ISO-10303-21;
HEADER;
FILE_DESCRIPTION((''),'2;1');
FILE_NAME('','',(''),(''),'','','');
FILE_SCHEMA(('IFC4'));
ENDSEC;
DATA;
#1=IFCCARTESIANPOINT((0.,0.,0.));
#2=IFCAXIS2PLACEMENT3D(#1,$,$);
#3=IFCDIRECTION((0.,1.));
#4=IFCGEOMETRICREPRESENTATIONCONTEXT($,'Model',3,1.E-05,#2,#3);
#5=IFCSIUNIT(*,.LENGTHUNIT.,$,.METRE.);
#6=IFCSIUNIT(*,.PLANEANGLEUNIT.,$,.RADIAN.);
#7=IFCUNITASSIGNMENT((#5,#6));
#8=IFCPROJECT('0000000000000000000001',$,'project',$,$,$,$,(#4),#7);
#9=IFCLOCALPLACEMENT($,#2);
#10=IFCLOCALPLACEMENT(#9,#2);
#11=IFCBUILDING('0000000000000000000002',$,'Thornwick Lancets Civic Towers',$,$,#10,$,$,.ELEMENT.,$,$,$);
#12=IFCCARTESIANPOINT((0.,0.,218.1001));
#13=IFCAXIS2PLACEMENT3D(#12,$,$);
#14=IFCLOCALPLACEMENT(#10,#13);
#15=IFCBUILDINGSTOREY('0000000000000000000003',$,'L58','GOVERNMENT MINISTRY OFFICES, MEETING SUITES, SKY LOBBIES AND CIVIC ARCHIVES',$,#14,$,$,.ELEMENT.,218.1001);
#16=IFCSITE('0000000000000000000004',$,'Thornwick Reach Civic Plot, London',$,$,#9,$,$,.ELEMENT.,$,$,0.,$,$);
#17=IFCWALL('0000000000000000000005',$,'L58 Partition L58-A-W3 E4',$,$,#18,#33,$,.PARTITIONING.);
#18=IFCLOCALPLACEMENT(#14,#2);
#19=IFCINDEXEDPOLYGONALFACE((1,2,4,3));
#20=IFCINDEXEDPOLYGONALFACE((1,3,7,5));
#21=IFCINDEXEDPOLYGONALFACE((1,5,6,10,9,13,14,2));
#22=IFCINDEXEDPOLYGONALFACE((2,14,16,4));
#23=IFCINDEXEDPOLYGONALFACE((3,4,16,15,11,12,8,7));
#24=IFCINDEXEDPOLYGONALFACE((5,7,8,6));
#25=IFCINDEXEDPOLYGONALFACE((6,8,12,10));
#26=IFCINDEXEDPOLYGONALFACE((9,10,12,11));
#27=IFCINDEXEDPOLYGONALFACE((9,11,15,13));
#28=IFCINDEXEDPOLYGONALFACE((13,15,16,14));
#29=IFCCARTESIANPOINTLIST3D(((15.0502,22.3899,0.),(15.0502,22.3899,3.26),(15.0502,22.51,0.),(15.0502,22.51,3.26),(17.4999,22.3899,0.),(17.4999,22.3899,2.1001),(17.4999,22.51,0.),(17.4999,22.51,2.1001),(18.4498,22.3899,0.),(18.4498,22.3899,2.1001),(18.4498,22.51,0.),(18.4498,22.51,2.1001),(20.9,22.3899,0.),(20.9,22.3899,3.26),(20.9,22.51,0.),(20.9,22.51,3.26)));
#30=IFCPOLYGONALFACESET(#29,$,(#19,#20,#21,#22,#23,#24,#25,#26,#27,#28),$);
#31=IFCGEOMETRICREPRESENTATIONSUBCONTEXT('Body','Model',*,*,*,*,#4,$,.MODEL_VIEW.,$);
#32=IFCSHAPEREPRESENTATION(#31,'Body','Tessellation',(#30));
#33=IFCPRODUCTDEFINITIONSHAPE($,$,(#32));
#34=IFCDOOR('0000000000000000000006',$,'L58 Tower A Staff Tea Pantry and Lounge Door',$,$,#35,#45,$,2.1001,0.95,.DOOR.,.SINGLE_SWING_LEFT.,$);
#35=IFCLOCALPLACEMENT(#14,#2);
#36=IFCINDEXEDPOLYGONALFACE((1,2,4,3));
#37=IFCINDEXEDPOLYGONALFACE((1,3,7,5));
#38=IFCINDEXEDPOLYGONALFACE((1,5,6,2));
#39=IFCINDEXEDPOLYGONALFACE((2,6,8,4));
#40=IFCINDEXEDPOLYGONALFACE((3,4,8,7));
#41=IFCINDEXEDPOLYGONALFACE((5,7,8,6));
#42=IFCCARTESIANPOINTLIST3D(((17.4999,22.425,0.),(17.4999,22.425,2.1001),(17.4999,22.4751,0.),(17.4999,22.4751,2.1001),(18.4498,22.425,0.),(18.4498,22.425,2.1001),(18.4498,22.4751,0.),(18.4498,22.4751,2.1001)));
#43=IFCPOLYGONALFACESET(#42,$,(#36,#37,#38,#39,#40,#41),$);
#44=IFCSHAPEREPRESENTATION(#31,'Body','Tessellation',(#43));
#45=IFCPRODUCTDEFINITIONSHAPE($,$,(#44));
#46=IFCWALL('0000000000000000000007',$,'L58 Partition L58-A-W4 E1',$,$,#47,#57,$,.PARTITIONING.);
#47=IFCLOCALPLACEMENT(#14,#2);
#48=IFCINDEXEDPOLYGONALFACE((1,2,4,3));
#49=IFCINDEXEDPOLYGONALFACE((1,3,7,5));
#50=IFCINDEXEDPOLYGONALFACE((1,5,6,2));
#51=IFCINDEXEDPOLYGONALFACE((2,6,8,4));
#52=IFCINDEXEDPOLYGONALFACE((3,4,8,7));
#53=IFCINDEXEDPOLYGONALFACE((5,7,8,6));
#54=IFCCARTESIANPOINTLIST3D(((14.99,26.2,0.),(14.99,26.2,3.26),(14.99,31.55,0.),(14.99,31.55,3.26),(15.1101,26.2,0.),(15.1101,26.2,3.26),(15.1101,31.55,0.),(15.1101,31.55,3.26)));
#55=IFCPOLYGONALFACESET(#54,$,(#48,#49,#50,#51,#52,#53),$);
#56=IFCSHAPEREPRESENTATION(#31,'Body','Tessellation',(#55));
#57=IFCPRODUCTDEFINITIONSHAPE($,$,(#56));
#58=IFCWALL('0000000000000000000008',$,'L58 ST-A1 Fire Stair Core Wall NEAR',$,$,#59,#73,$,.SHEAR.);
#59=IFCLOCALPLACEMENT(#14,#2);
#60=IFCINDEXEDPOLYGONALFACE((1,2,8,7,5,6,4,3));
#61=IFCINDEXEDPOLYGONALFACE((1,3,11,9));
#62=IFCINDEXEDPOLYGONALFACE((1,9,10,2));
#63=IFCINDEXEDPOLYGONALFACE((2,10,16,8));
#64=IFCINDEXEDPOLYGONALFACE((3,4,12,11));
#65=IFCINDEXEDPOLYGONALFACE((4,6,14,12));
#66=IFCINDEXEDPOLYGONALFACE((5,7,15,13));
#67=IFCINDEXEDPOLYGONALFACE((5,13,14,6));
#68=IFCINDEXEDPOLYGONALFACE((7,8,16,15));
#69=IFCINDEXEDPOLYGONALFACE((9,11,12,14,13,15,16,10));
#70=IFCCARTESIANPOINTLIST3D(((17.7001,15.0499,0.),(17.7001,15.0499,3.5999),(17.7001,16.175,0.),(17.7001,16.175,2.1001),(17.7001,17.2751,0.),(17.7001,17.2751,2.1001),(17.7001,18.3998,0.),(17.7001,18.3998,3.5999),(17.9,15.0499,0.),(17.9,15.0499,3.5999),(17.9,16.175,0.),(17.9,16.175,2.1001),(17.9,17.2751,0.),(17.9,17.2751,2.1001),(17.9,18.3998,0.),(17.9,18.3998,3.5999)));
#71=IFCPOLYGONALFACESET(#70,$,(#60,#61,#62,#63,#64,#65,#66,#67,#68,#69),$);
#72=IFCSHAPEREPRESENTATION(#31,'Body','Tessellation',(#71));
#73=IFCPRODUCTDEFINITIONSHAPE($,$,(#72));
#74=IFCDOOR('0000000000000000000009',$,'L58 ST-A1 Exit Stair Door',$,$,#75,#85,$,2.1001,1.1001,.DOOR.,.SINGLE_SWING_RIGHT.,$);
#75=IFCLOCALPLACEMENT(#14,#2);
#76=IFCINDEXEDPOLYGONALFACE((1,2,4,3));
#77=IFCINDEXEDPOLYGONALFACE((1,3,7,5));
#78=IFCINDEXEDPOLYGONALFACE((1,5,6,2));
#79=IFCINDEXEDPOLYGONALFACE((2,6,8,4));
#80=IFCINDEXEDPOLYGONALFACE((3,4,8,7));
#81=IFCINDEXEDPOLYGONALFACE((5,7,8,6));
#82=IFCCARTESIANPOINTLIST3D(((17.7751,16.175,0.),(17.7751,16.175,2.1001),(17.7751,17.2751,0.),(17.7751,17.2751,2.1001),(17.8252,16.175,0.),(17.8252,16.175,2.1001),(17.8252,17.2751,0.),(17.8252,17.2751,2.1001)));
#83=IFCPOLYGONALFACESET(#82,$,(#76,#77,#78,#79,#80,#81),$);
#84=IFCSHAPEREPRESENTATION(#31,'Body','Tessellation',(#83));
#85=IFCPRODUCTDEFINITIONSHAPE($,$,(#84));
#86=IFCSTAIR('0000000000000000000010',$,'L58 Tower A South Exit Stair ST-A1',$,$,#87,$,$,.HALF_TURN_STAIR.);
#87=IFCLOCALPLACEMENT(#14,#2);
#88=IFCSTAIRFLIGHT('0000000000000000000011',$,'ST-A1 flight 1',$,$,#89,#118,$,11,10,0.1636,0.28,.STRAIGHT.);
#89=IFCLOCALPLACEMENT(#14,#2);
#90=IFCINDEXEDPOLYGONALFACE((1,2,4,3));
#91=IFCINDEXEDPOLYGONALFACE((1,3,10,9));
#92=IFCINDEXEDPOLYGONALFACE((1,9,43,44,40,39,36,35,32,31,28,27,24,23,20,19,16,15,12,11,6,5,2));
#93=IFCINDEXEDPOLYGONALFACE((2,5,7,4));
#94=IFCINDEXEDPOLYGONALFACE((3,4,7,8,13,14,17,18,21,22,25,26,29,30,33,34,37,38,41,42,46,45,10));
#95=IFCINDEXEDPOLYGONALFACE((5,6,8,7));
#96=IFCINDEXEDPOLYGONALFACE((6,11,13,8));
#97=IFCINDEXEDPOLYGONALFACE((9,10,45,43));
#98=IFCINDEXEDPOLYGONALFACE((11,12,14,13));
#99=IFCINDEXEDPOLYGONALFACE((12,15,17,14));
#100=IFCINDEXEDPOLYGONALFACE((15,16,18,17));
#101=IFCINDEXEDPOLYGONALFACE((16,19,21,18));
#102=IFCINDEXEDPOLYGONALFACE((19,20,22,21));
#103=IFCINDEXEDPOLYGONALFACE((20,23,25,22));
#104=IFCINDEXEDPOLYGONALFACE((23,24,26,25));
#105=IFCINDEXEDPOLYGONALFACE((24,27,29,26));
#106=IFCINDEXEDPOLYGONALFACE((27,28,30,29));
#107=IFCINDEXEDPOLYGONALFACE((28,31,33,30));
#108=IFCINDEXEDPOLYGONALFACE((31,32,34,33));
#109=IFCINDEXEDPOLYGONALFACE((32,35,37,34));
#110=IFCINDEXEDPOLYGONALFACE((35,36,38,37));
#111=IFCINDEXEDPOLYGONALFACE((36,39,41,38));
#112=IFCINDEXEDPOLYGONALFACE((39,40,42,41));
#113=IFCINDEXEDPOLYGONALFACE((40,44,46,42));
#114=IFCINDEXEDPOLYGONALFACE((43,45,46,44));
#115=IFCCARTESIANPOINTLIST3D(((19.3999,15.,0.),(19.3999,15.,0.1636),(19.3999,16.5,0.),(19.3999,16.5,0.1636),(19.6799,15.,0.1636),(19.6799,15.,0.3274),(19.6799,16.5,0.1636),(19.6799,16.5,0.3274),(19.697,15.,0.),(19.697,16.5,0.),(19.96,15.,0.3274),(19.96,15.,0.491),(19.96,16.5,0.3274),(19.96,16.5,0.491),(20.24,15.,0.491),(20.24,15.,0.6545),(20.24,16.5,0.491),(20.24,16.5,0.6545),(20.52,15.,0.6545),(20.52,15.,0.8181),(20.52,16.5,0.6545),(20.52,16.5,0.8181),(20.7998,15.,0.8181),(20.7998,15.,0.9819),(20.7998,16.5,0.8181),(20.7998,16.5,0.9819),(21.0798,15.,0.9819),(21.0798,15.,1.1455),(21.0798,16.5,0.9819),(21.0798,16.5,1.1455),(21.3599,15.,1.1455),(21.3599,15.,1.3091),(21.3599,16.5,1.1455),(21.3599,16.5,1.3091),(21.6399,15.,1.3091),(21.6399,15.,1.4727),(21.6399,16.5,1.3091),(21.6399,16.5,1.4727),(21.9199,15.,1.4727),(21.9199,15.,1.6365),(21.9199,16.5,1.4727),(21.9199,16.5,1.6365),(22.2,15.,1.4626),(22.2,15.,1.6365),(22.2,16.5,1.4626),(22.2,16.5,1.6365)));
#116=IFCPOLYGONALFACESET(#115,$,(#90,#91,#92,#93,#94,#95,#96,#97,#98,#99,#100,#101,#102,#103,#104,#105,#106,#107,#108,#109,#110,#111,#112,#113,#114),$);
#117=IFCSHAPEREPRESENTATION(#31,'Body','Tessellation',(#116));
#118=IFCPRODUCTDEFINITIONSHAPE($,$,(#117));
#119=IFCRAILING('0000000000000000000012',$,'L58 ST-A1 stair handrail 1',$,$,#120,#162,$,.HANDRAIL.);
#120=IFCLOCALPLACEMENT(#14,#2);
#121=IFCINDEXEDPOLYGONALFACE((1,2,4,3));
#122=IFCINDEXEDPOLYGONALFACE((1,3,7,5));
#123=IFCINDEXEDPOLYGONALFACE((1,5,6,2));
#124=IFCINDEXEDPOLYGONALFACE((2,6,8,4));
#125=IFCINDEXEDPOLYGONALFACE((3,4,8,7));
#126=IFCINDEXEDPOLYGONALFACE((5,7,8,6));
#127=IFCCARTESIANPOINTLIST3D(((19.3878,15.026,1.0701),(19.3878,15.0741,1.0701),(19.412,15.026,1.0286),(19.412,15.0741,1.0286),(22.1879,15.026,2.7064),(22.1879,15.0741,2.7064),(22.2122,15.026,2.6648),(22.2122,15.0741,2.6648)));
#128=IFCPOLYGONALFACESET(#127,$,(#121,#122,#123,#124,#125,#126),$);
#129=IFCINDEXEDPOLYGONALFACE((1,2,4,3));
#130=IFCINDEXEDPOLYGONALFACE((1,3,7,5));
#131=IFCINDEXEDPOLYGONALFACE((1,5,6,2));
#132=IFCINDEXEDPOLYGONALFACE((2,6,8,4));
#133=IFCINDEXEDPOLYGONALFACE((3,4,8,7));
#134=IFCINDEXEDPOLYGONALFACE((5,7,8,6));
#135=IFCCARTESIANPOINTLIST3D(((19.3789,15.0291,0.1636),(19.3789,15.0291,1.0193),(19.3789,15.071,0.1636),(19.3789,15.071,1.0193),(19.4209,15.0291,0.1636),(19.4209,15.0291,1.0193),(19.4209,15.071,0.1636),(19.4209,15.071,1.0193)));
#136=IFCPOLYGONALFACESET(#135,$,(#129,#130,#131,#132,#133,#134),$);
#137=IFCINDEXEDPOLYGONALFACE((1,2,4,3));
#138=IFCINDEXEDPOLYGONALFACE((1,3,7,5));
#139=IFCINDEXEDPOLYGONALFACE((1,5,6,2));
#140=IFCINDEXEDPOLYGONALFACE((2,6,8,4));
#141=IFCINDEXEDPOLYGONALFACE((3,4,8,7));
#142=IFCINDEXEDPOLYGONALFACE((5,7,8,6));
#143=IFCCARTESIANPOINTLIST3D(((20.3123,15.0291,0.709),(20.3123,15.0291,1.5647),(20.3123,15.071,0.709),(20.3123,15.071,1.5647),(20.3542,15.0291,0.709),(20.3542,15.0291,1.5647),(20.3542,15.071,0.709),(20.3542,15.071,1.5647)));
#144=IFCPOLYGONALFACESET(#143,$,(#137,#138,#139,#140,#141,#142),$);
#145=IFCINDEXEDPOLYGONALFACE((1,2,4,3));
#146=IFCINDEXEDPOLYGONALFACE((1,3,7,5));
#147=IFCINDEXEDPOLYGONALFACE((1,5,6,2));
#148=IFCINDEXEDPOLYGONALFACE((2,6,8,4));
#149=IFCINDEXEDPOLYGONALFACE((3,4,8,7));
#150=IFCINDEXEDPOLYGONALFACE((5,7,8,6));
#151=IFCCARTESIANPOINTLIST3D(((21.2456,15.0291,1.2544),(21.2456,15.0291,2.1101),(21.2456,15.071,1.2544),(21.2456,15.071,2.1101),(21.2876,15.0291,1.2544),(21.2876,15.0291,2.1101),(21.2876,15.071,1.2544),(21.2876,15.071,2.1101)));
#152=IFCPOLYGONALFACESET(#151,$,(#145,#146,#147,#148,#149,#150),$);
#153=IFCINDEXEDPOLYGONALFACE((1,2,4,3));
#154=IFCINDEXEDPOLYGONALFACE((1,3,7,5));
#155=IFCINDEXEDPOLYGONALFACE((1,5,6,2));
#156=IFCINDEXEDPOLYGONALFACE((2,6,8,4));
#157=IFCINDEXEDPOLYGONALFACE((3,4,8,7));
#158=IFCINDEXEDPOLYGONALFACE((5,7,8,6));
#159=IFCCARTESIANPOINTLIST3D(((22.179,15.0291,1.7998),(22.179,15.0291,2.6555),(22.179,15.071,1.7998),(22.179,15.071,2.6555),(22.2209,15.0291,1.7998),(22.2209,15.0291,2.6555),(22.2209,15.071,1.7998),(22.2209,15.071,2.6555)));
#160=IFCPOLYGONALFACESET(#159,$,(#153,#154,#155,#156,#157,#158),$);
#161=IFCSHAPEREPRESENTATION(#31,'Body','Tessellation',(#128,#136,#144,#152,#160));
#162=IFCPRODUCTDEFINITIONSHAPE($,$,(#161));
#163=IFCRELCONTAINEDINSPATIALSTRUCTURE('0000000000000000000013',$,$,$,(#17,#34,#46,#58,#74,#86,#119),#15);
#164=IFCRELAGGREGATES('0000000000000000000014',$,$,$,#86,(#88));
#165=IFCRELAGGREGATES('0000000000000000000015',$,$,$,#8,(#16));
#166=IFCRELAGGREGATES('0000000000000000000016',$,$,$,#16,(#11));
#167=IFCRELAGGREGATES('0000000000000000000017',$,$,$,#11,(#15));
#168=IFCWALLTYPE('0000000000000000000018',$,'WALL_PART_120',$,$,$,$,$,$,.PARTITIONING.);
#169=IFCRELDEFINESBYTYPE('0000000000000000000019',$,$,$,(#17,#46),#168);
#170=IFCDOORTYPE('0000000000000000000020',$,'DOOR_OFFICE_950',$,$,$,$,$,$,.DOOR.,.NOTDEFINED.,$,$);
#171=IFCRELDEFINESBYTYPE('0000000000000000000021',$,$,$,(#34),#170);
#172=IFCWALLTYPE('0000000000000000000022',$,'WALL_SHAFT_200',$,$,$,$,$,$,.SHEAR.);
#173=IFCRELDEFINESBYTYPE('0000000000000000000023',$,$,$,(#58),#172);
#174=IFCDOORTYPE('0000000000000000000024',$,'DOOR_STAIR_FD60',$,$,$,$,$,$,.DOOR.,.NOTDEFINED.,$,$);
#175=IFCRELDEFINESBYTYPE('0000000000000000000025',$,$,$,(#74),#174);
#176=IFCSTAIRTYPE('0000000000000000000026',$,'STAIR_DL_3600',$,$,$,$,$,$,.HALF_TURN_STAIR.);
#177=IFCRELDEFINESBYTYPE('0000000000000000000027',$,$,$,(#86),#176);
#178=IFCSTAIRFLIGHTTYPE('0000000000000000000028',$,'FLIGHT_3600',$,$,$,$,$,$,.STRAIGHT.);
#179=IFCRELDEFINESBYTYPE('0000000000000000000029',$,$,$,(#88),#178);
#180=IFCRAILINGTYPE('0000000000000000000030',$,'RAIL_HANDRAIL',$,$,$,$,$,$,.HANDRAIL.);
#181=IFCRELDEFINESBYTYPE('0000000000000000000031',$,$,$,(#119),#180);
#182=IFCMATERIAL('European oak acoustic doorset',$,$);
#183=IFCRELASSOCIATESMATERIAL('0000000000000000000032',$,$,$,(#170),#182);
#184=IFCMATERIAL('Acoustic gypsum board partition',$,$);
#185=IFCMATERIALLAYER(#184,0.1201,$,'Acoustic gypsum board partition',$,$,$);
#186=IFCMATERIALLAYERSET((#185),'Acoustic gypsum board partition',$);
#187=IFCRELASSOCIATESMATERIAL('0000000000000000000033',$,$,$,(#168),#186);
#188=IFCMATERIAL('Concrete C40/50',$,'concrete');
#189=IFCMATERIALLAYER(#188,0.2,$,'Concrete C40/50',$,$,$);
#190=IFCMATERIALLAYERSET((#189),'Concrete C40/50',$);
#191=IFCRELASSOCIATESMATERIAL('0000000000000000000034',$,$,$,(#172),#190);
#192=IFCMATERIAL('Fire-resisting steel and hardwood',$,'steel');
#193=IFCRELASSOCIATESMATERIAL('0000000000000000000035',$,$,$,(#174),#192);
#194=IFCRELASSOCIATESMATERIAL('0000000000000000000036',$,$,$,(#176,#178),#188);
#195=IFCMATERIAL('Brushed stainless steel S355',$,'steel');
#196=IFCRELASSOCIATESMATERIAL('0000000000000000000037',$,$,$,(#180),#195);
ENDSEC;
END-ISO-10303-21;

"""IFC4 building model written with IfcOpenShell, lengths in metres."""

from ifc_helpers import new_model, si_unit, direction, frame, frame_2d, origin, origin_2d, place, context, subcontext, project, spatial, polyline, rectangle, outline, extrude, material, layer, layer_set, type_object, element, fill, aggregate, save


model = new_model("IFC4")

# Units and contexts
model_context = context("Model", 3, precision=1e-05, world=origin(), true_north=direction((0.0, 1.0)))
body_context = subcontext(model_context, "Body", "Model", "MODEL_VIEW")
ifc_project = project(units=[si_unit("LENGTHUNIT", "METRE"), si_unit("PLANEANGLEUNIT", "RADIAN")], contexts=[model_context])

# Site, building, storey
site_placement = place(None, origin())
site = spatial("IfcSite", under=ifc_project, at=site_placement, Name="Thornwick Reach Civic Plot, London", CompositionType="ELEMENT", RefElevation=0.0)
building_placement = place(site_placement, origin())
building = spatial("IfcBuilding", under=site, at=building_placement, Name="Thornwick Lancets Civic Towers", CompositionType="ELEMENT")
storey_placement = place(building_placement, frame((0.0, 0.0, 218.1001)))
storey = spatial("IfcBuildingStorey", under=building, at=storey_placement, Name="L58", Description="GOVERNMENT MINISTRY OFFICES, MEETING SUITES, SKY LOBBIES AND CIVIC ARCHIVES", CompositionType="ELEMENT", Elevation=218.1001)

# Shared definitions
ifc_material_1 = material(Name="European oak acoustic doorset")
door_type_1 = type_object("IfcDoorType", Name="DOOR_OFFICE_950", OperationType="NOTDEFINED", PredefinedType="DOOR", material=ifc_material_1)

# Shared definitions
ifc_material_2 = material(Name="Acoustic gypsum board partition")
ifc_layer_1 = layer(ifc_material_2, 0.1201, Name="Acoustic gypsum board partition")
ifc_layer_set_1 = layer_set([ifc_layer_1], Name="Acoustic gypsum board partition")
wall_type_1 = type_object("IfcWallType", Name="WALL_PART_120", PredefinedType="PARTITIONING", material=ifc_layer_set_1)

# Wall, opening, door
wall_1_placement = place(storey_placement, frame((20.8999, 22.45, 0.0), z_axis=(0.0, 0.0, 1.0), x_axis=(-1.0, 0.0, 0.0)))
wall_1 = element("IfcWall", 1, at=wall_1_placement, inside=storey, type_object=wall_type_1, Name="L58 Partition L58-A-W3 E4", PredefinedType="PARTITIONING", context=body_context, shape_type="SweptSolid", body=[
    extrude(rectangle(XDim=5.8499, YDim=0.1201, at=frame_2d((2.9248, 0.0))), origin(), (0.0, 0.0, 1.0), 3.26),
])
opening_1_placement = place(wall_1_placement, frame((2.45, 0.0, 0.0)))
opening_1 = element("IfcOpeningElement", 2, at=opening_1_placement, cuts=wall_1, PredefinedType="OPENING", context=body_context, shape_type="SweptSolid", body=[
    extrude(rectangle(XDim=0.95, YDim=2.1001, at=frame_2d((0.4751, 1.05))), frame((0.0, 0.0701, 0.0), z_axis=(0.0, -1.0, 0.0), x_axis=(1.0, 0.0, 0.0)), (0.0, 0.0, 1.0), 0.1401),
])
door_1_placement = place(opening_1_placement, origin())
door_1 = element("IfcDoor", 3, at=door_1_placement, inside=storey, type_object=door_type_1, Name="L58 Tower A Staff Tea Pantry and Lounge Door", OperationType="SINGLE_SWING_LEFT", OverallHeight=2.1001, OverallWidth=0.95, PredefinedType="DOOR", context=body_context, shape_type="SweptSolid", body=[
    extrude(rectangle(XDim=0.95, YDim=2.1001, at=frame_2d((0.4751, 1.05))), frame((0.0, 0.0249, 0.0), z_axis=(0.0, -1.0, 0.0), x_axis=(1.0, 0.0, 0.0)), (0.0, 0.0, 1.0), 0.05),
])
fill(opening_1, door_1)

# Wall
wall_2_placement = place(storey_placement, frame((15.05, 26.2, 0.0), z_axis=(0.0, 0.0, 1.0), x_axis=(0.0, 1.0, 0.0)))
element("IfcWall", 4, at=wall_2_placement, inside=storey, type_object=wall_type_1, Name="L58 Partition L58-A-W4 E1", PredefinedType="PARTITIONING", context=body_context, shape_type="SweptSolid", body=[
    extrude(rectangle(XDim=5.3501, YDim=0.1201, at=frame_2d((2.675, 0.0))), origin(), (0.0, 0.0, 1.0), 3.26),
])

# Wall, opening, door
ifc_material_3 = material(Name="Concrete C40/50", Category="concrete")
ifc_layer_2 = layer(ifc_material_3, 0.2, Name="Concrete C40/50")
ifc_layer_set_2 = layer_set([ifc_layer_2], Name="Concrete C40/50")
wall_type_2 = type_object("IfcWallType", Name="WALL_SHAFT_200", PredefinedType="SHEAR", material=ifc_layer_set_2)
wall_3_placement = place(storey_placement, frame((17.8, 15.05, 0.0), z_axis=(0.0, 0.0, 1.0), x_axis=(0.0, 1.0, 0.0)))
wall_3 = element("IfcWall", 5, at=wall_3_placement, inside=storey, type_object=wall_type_2, Name="L58 ST-A1 Fire Stair Core Wall NEAR", PredefinedType="SHEAR", context=body_context, shape_type="SweptSolid", body=[
    extrude(rectangle(XDim=3.3499, YDim=0.2, at=frame_2d((1.6748, 0.0))), origin(), (0.0, 0.0, 1.0), 3.5999),
])
opening_2_placement = place(wall_3_placement, frame((1.125, 0.0, 0.0)))
opening_2 = element("IfcOpeningElement", 6, at=opening_2_placement, cuts=wall_3, PredefinedType="OPENING", context=body_context, shape_type="SweptSolid", body=[
    extrude(rectangle(XDim=1.1001, YDim=2.1001, at=frame_2d((0.55, 1.05))), frame((0.0, 0.1099, 0.0), z_axis=(0.0, -1.0, 0.0), x_axis=(1.0, 0.0, 0.0)), (0.0, 0.0, 1.0), 0.22),
])
ifc_material_4 = material(Name="Fire-resisting steel and hardwood", Category="steel")
door_type_2 = type_object("IfcDoorType", Name="DOOR_STAIR_FD60", OperationType="NOTDEFINED", PredefinedType="DOOR", material=ifc_material_4)
door_2_placement = place(opening_2_placement, origin())
door_2 = element("IfcDoor", 7, at=door_2_placement, inside=storey, type_object=door_type_2, Name="L58 ST-A1 Exit Stair Door", OperationType="SINGLE_SWING_RIGHT", OverallHeight=2.1001, OverallWidth=1.1001, PredefinedType="DOOR", context=body_context, shape_type="SweptSolid", body=[
    extrude(rectangle(XDim=1.1001, YDim=2.1001, at=frame_2d((0.55, 1.05))), frame((0.0, 0.0249, 0.0), z_axis=(0.0, -1.0, 0.0), x_axis=(1.0, 0.0, 0.0)), (0.0, 0.0, 1.0), 0.05),
])
fill(opening_2, door_2)

# Stair, stair flight
stair_type = type_object("IfcStairType", Name="STAIR_DL_3600", PredefinedType="HALF_TURN_STAIR", material=ifc_material_3)
stair_placement = place(storey_placement, origin())
stair = element("IfcStair", 8, at=stair_placement, inside=storey, type_object=stair_type, Name="L58 Tower A South Exit Stair ST-A1", PredefinedType="HALF_TURN_STAIR")
stair_flight_type = type_object("IfcStairFlightType", Name="FLIGHT_3600", PredefinedType="STRAIGHT", material=ifc_material_3)
stair_flight_placement = place(storey_placement, frame((19.3999, 15.75, 0.0), z_axis=(0.0, 0.0, 1.0), x_axis=(1.0, 0.0, 0.0)))
stair_flight = element("IfcStairFlight", 9, at=stair_flight_placement, type_object=stair_flight_type, Name="ST-A1 flight 1", NumberOfRisers=11, NumberOfTreads=10, PredefinedType="STRAIGHT", RiserHeight=0.1636, TreadLength=0.28, context=body_context, shape_type="SweptSolid", body=[
    extrude(outline(polyline([(0.0, 0.0), (0.0, 0.1636), (0.28, 0.1636), (0.28, 0.3274), (0.5601, 0.3274), (0.5601, 0.491), (0.8401, 0.491), (0.8401, 0.6545), (1.1201, 0.6545), (1.1201, 0.8181), (1.3999, 0.8181), (1.3999, 0.9819), (1.6799, 0.9819), (1.6799, 1.1455), (1.96, 1.1455), (1.96, 1.3091), (2.24, 1.3091), (2.24, 1.4727), (2.52, 1.4727), (2.52, 1.6365), (2.8, 1.6365), (2.8, 1.8), (2.8, 1.4626), (0.2971, 0.0), (0.0, 0.0)])), frame((0.0, 0.75, 0.0), z_axis=(0.0, -1.0, 0.0), x_axis=(1.0, 0.0, 0.0)), (0.0, 0.0, 1.0), 1.5),
])
aggregate(stair, [stair_flight])

# Railing
ifc_material_5 = material(Name="Brushed stainless steel S355", Category="steel")
railing_type_1 = type_object("IfcRailingType", Name="RAIL_HANDRAIL", PredefinedType="HANDRAIL", material=ifc_material_5)
railing_1_placement = place(storey_placement, frame((19.3999, 15.05, 0.1636)))
element("IfcRailing", 10, at=railing_1_placement, inside=storey, type_object=railing_type_1, Name="L58 ST-A1 stair handrail 1", PredefinedType="HANDRAIL", context=body_context, shape_type="SweptSolid", body=[
    extrude(rectangle(XDim=0.0481, YDim=0.0481, at=origin_2d()), frame((0.0, 0.0, 0.8857), z_axis=(0.863394, 0.0, 0.504531), x_axis=(0.0, 1.0, 0.0)), (0.0, 0.0, 1.0), 3.2432),
    extrude(rectangle(XDim=0.042, YDim=0.042, at=origin_2d()), origin(), (0.0, 0.0, 1.0), 0.8557),
    extrude(rectangle(XDim=0.042, YDim=0.042, at=origin_2d()), frame((0.9333, 0.0, 0.5454)), (0.0, 0.0, 1.0), 0.8557),
    extrude(rectangle(XDim=0.042, YDim=0.042, at=origin_2d()), frame((1.8667, 0.0, 1.0908)), (0.0, 0.0, 1.0), 0.8557),
    extrude(rectangle(XDim=0.042, YDim=0.042, at=origin_2d()), frame((2.8, 0.0, 1.6362)), (0.0, 0.0, 1.0), 0.8557),
])

save(model, "model.ifc")
